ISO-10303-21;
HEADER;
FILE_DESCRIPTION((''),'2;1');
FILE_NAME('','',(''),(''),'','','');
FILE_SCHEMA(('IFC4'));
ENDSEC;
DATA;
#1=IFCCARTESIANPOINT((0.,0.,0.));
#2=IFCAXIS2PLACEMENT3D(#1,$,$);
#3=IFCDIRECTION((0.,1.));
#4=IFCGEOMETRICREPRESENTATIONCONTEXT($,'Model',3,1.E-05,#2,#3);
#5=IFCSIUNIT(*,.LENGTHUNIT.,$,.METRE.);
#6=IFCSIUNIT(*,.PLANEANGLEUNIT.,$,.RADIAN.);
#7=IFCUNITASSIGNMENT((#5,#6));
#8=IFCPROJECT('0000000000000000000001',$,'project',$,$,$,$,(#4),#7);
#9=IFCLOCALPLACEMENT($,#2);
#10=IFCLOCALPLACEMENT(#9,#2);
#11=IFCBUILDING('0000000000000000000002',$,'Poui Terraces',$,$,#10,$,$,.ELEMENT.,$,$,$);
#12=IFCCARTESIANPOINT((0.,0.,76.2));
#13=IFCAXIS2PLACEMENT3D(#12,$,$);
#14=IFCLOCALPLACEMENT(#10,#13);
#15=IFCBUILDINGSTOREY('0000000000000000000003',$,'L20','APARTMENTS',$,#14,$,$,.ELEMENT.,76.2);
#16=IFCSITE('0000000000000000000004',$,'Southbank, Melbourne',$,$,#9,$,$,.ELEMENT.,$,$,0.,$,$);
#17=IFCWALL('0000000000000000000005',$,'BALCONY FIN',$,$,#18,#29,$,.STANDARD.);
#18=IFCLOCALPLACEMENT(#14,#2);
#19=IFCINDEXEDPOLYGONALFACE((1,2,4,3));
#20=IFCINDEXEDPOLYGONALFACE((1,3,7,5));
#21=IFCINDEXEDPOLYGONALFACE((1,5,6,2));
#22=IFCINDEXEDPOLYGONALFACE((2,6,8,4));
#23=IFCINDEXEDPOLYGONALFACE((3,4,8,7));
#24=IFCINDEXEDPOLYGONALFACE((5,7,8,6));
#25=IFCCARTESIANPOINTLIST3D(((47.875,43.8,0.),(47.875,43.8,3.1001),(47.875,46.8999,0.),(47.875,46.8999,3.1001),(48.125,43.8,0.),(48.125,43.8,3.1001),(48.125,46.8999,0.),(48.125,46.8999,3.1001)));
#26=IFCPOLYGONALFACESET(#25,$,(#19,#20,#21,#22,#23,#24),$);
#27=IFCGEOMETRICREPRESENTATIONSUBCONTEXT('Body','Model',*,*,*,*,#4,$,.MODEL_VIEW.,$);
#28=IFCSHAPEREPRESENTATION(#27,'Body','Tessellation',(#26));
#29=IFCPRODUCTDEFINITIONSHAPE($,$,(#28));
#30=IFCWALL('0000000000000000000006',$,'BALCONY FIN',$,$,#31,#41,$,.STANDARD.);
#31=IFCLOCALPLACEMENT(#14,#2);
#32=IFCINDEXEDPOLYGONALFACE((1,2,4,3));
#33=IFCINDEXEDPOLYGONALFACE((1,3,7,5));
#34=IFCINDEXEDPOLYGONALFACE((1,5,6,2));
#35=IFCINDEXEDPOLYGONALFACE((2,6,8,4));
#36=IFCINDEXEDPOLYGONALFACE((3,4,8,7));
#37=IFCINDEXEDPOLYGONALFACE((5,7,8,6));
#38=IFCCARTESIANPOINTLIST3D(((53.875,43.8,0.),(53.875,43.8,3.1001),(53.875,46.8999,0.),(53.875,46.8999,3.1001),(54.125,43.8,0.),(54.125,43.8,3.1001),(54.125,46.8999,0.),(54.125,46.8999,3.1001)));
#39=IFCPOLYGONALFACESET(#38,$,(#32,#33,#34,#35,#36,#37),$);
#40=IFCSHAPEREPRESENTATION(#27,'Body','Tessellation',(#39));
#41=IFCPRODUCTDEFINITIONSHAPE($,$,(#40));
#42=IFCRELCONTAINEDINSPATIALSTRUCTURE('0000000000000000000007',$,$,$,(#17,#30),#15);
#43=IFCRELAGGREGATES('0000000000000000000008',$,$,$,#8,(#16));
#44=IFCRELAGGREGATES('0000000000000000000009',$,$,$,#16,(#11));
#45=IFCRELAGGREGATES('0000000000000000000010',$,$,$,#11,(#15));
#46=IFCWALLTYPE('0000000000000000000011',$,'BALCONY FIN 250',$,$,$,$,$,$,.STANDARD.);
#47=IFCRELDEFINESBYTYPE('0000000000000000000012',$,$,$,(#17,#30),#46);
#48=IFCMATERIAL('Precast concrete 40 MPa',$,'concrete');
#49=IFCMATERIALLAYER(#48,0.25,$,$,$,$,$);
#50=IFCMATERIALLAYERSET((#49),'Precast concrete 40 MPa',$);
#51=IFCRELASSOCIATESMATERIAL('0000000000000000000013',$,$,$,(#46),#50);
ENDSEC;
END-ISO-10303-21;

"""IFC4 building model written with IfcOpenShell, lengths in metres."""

from ifc_helpers import new_model, si_unit, direction, frame, origin, place, context, subcontext, project, spatial, polyline, outline, extrude, source, transform, mapped, material, layer, layer_set, type_object, element, save


model = new_model("IFC4")

# Units and contexts
model_context = context("Model", 3, precision=1e-05, world=origin(), true_north=direction((0.0, 1.0)))
body_context = subcontext(model_context, "Body", "Model", "MODEL_VIEW")
ifc_project = project(units=[si_unit("LENGTHUNIT", "METRE"), si_unit("PLANEANGLEUNIT", "RADIAN")], contexts=[model_context])

# Site, building, storey
site_placement = place(None, origin())
site = spatial("IfcSite", under=ifc_project, at=site_placement, Name="Southbank, Melbourne", CompositionType="ELEMENT", RefElevation=0.0)
building_placement = place(site_placement, origin())
building = spatial("IfcBuilding", under=site, at=building_placement, Name="Poui Terraces", CompositionType="ELEMENT")
storey_placement = place(building_placement, frame((0.0, 0.0, 76.2)))
storey = spatial("IfcBuildingStorey", under=building, at=storey_placement, Name="L20", Description="APARTMENTS", CompositionType="ELEMENT", Elevation=76.2)

# Walls
ifc_material_1 = material(Name="Precast concrete 40 MPa", Category="concrete")
ifc_layer_1 = layer(ifc_material_1, 0.25)
ifc_layer_set_1 = layer_set([ifc_layer_1], Name="Precast concrete 40 MPa")
wall_type_1 = type_object("IfcWallType", Name="BALCONY FIN 250", PredefinedType="STANDARD", material=ifc_layer_set_1)
shared_shape_1 = source(origin(), body_context, "Body", "SweptSolid", [
    extrude(outline(polyline([(0.0, 0.0), (0.25, 0.0), (0.25, 3.0999), (0.0, 3.0999), (0.0, 0.0)])), origin(), (0.0, 0.0, 1.0), 3.1001),
])
for number, where, name in (
    (1, (47.875, 43.8, 0.0), "BALCONY FIN"),
    (2, (53.875, 43.8, 0.0), "BALCONY FIN"),
):
    element("IfcWall", number, at=place(storey_placement, frame(where)), inside=storey, type_object=wall_type_1, Name=name, PredefinedType="STANDARD", context=body_context, shape_type="MappedRepresentation", body=[
        mapped(shared_shape_1, transform((0.0, 0.0, 0.0))),
    ])

save(model, "model.ifc")
